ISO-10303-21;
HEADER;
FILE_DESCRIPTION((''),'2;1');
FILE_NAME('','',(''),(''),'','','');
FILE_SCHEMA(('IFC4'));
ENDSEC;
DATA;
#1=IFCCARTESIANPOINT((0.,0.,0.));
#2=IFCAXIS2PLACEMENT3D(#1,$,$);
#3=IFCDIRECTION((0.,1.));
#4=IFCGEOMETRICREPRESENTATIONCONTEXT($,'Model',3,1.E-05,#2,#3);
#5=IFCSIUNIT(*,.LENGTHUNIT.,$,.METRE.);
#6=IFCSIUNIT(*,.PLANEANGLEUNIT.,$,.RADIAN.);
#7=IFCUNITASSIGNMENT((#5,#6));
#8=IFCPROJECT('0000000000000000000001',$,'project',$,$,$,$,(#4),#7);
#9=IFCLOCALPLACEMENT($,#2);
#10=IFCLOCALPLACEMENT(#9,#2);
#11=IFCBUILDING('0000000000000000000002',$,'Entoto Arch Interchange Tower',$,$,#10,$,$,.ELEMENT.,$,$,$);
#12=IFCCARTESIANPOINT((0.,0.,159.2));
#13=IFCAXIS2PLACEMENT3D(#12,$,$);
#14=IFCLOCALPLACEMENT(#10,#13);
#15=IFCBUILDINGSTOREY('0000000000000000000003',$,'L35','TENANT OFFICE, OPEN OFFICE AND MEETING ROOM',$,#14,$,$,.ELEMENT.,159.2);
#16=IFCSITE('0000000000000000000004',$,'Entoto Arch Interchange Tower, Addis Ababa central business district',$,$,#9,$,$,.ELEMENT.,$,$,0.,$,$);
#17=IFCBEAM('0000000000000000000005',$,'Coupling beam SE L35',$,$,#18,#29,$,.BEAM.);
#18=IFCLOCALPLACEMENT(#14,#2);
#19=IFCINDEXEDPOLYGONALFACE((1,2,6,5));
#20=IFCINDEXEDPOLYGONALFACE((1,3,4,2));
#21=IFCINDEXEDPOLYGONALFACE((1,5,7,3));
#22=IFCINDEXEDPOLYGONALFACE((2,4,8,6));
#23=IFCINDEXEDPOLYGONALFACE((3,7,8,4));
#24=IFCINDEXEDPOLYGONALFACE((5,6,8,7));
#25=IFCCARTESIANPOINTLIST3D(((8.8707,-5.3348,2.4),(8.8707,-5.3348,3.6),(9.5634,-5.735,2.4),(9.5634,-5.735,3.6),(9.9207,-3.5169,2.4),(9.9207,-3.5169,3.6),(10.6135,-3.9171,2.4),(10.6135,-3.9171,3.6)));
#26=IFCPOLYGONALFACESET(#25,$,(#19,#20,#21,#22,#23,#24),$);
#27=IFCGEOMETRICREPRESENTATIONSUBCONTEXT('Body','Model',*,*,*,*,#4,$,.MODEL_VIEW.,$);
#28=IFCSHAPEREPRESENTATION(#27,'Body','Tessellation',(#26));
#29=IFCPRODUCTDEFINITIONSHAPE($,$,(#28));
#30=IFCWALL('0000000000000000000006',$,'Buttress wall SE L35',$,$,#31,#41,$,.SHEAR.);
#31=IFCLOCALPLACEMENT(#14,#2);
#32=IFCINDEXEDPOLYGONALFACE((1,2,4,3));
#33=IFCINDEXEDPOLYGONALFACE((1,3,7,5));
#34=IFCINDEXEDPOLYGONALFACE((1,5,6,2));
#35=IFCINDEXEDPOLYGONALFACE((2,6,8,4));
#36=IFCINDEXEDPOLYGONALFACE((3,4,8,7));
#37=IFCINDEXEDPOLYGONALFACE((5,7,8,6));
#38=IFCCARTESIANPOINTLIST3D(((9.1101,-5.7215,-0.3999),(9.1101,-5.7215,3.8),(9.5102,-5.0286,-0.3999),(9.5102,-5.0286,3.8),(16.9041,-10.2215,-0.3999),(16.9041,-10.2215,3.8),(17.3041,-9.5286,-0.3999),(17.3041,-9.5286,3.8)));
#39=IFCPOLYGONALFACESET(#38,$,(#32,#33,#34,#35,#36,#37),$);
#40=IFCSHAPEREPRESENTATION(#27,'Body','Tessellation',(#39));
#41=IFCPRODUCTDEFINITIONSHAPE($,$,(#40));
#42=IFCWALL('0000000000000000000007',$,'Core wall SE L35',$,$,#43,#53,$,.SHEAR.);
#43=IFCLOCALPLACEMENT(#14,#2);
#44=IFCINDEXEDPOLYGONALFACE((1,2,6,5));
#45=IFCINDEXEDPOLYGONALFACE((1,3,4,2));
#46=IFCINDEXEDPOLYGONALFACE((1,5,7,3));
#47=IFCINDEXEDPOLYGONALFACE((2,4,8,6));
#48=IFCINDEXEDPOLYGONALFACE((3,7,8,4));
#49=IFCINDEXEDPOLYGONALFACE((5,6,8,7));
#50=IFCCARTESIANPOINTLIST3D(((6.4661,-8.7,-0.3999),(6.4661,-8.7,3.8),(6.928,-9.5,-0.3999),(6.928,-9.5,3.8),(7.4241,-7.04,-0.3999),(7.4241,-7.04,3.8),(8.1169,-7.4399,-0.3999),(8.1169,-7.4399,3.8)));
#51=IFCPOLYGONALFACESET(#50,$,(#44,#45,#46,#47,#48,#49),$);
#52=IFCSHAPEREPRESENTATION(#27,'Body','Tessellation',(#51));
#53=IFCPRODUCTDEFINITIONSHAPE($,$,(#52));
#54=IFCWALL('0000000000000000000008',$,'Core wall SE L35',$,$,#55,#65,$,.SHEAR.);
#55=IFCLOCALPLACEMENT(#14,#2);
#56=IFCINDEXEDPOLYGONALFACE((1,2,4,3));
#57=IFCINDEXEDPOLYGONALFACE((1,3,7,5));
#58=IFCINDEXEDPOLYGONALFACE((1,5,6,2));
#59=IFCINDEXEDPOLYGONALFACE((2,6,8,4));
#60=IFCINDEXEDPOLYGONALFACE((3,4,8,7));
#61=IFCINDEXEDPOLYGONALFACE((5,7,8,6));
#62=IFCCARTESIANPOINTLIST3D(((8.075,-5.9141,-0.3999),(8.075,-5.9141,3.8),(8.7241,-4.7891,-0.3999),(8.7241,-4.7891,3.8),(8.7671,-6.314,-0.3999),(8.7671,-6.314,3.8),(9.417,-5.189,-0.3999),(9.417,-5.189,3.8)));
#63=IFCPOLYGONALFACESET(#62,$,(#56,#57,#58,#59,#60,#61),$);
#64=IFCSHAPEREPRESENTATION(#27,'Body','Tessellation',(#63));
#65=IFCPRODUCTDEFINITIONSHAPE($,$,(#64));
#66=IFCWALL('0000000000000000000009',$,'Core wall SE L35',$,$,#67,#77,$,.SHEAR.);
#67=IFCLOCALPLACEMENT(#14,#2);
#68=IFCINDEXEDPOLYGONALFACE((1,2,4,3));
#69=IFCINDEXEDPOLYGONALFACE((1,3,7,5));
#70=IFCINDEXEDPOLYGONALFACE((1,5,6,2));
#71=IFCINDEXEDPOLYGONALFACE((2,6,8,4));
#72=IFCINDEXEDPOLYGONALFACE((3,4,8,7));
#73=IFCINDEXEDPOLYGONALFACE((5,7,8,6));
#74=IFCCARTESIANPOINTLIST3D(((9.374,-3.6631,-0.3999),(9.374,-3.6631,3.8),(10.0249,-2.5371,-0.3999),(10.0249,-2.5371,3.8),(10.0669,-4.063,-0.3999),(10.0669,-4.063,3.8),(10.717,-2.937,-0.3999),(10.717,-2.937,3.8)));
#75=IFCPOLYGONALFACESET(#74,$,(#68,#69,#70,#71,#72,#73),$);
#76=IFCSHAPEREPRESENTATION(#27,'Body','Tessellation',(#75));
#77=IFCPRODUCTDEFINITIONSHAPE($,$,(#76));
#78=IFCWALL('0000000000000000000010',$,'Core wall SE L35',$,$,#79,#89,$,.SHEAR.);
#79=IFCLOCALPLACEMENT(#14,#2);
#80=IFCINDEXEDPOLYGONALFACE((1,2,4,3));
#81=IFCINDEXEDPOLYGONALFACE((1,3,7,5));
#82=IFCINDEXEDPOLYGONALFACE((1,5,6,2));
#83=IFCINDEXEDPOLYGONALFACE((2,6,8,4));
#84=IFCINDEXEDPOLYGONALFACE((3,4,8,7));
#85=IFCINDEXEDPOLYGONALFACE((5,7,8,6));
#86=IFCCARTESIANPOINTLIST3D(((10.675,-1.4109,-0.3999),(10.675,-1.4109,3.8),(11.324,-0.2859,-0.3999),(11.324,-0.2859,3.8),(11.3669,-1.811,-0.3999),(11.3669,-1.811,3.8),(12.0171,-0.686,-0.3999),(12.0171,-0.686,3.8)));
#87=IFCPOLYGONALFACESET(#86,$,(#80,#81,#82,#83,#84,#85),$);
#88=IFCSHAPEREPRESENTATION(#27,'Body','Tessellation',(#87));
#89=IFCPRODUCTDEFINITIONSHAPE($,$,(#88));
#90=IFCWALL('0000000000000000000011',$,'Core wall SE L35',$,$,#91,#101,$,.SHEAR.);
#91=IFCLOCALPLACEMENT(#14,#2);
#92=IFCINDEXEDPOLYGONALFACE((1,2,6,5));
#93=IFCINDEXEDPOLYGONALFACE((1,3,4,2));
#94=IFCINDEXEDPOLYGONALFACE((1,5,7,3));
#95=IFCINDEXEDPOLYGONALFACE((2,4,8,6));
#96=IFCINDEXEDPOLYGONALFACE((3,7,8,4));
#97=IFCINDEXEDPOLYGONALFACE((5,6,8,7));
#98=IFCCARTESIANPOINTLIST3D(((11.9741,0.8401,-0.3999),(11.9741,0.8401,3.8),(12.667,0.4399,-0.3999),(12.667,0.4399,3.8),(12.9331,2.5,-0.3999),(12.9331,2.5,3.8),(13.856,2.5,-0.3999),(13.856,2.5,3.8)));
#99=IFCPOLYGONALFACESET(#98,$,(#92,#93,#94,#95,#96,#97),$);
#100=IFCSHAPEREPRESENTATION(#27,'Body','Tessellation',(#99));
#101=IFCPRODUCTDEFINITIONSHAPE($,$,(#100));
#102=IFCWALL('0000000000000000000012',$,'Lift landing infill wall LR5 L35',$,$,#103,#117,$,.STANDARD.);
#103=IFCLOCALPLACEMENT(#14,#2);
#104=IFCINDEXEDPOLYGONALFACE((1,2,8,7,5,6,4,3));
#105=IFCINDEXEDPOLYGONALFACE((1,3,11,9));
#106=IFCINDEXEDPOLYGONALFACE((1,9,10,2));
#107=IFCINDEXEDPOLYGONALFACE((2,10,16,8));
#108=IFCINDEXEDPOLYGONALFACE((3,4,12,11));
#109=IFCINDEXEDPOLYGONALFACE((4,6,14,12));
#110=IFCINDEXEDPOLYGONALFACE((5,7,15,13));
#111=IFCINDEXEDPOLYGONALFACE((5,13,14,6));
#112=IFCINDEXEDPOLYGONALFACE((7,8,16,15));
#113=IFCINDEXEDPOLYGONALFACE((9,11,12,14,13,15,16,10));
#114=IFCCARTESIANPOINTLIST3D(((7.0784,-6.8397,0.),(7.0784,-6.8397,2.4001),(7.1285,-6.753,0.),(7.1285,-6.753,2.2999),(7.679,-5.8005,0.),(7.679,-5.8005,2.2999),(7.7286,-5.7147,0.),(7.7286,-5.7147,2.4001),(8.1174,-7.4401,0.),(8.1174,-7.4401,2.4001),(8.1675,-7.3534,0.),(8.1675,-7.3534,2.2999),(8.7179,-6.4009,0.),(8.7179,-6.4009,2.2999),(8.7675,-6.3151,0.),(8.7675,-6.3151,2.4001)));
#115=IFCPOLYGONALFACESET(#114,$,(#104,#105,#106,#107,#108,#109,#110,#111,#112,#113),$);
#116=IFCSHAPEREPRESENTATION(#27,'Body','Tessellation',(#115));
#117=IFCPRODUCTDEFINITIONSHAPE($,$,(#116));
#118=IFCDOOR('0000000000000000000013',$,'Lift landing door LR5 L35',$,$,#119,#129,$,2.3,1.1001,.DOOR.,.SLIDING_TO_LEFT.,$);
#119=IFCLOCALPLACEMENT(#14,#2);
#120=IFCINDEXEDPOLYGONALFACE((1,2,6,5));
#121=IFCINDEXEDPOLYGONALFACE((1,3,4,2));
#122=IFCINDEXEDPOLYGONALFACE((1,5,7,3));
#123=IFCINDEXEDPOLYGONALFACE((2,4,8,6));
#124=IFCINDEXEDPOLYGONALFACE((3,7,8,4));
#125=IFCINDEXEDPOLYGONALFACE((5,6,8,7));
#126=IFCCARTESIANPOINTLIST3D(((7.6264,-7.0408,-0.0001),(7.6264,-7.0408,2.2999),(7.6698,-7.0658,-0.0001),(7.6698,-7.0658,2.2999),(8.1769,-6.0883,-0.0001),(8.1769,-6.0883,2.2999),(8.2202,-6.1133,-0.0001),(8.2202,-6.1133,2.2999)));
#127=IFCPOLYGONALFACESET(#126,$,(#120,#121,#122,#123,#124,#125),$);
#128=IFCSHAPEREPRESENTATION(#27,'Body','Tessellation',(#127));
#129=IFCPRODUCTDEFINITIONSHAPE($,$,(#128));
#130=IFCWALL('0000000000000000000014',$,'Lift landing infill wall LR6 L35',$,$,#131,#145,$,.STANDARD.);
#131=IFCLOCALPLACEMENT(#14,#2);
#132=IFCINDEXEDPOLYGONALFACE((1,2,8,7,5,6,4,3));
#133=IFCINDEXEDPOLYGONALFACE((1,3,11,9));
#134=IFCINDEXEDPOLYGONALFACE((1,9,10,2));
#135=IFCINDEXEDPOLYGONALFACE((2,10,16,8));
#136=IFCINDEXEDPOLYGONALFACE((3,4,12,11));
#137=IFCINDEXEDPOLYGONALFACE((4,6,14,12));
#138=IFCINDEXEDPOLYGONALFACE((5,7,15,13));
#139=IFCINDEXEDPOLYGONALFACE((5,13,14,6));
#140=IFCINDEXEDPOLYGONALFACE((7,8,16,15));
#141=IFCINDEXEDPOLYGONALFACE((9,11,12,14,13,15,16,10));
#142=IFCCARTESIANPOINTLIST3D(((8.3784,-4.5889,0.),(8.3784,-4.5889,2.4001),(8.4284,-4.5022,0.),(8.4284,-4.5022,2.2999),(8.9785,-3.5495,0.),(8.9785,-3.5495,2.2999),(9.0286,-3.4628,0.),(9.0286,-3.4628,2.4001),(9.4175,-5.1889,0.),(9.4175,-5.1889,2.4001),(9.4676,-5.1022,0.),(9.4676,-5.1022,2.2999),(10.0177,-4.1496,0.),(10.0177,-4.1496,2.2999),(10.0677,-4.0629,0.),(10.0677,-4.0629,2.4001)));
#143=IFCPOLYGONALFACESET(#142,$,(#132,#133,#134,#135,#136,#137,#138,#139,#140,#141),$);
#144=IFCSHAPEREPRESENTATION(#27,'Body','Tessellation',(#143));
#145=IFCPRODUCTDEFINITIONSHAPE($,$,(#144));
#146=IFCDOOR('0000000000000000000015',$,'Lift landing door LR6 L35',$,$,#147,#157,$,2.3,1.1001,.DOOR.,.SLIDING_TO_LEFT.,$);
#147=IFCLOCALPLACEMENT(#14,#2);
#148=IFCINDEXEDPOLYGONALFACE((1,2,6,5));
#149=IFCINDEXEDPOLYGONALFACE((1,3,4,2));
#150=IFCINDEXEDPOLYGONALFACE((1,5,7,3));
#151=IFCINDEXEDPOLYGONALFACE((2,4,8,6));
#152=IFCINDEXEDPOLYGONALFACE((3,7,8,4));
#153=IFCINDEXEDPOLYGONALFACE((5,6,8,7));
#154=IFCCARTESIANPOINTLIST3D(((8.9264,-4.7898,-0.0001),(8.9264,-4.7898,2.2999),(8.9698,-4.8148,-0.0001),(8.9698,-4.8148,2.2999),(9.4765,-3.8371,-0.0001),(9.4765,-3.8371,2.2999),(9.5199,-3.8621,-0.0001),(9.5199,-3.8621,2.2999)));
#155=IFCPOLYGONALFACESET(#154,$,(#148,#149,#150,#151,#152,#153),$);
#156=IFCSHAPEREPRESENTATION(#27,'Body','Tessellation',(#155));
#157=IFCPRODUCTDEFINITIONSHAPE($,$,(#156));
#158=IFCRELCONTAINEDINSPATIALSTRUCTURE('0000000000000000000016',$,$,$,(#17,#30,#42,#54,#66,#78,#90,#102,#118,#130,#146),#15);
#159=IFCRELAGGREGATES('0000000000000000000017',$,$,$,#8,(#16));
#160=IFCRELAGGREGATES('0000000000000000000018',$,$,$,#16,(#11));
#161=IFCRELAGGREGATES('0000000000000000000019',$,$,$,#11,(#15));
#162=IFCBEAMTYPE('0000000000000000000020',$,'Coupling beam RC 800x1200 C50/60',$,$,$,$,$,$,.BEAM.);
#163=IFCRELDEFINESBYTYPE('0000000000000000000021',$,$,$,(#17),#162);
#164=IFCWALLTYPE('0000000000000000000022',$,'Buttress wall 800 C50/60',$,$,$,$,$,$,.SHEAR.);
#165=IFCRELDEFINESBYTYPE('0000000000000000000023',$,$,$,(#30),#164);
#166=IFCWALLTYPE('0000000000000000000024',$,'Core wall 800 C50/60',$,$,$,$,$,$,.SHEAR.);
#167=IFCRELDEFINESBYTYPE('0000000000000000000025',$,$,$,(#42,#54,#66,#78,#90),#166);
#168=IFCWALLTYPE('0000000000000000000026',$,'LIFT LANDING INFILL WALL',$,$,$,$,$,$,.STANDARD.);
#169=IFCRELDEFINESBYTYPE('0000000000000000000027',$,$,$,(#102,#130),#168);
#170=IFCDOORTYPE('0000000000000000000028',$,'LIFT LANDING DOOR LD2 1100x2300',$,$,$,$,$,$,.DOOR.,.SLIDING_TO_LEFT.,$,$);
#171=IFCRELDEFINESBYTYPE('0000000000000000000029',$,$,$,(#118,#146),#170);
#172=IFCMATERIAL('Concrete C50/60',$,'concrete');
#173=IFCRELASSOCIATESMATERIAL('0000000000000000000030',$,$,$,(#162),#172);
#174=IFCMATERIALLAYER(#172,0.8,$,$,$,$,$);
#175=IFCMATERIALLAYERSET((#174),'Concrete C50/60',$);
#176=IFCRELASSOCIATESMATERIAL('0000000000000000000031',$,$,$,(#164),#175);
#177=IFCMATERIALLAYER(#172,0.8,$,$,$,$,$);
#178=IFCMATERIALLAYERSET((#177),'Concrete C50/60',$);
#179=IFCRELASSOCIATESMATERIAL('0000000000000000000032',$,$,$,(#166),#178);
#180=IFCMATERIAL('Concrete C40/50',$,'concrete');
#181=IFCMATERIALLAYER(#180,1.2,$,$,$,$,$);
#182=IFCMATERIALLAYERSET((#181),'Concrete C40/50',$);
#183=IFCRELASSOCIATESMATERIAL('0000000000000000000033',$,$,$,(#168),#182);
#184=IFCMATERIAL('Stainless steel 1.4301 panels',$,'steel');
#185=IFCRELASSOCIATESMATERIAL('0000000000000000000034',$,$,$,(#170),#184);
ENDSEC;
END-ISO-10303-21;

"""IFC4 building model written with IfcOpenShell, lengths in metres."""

from ifc_helpers import new_model, si_unit, direction, frame, frame_2d, origin, origin_2d, place, context, subcontext, project, spatial, polyline, rectangle, outline, extrude, material, layer, layer_set, material_profile, profile_set, type_object, element, fill, save


model = new_model("IFC4")

# Units and contexts
model_context = context("Model", 3, precision=1e-05, world=origin(), true_north=direction((0.0, 1.0)))
body_context = subcontext(model_context, "Body", "Model", "MODEL_VIEW")
ifc_project = project(units=[si_unit("LENGTHUNIT", "METRE"), si_unit("PLANEANGLEUNIT", "RADIAN")], contexts=[model_context])

# Site, building, storey
site_placement = place(None, origin())
site = spatial("IfcSite", under=ifc_project, at=site_placement, Name="Entoto Arch Interchange Tower, Addis Ababa central business district", CompositionType="ELEMENT", RefElevation=0.0)
building_placement = place(site_placement, origin())
building = spatial("IfcBuilding", under=site, at=building_placement, Name="Entoto Arch Interchange Tower", CompositionType="ELEMENT")
storey_placement = place(building_placement, frame((0.0, 0.0, 159.2)))
storey = spatial("IfcBuildingStorey", under=building, at=storey_placement, Name="L35", Description="TENANT OFFICE, OPEN OFFICE AND MEETING ROOM", CompositionType="ELEMENT", Elevation=159.2)

# Beam
ifc_material_1 = material(Name="Concrete C50/60", Category="concrete")
ifc_material_profile = material_profile(ifc_material_1, rectangle(XDim=0.8, YDim=1.2, at=origin_2d()))
ifc_profile_set = profile_set([ifc_material_profile], Name="Concrete C50/60")
beam_type = type_object("IfcBeamType", Name="Coupling beam RC 800x1200 C50/60", PredefinedType="BEAM", material=ifc_profile_set)
beam_placement = place(storey_placement, frame((9.217, -5.5349, 3.0), z_axis=(0.500179, 0.865922, 0.0), x_axis=(-0.865922, 0.500179, 0.0)))
element("IfcBeam", 1, at=beam_placement, inside=storey, type_object=beam_type, Name="Coupling beam SE L35", PredefinedType="BEAM", context=body_context, shape_type="SweptSolid", body=[
    extrude(rectangle(XDim=0.8, YDim=1.2, at=origin_2d()), origin(), (0.0, 0.0, 1.0), 2.0994),
])

# Walls
ifc_layer_1 = layer(ifc_material_1, 0.8)
ifc_layer_set_1 = layer_set([ifc_layer_1], Name="Concrete C50/60")
wall_type_1 = type_object("IfcWallType", Name="Buttress wall 800 C50/60", PredefinedType="SHEAR", material=ifc_layer_set_1)
wall_1_placement = place(storey_placement, frame((9.3101, -5.375, -0.3999), z_axis=(0.0, 0.0, 1.0), x_axis=(0.866018, -0.500014, 0.0)))
element("IfcWall", 2, at=wall_1_placement, inside=storey, type_object=wall_type_1, Name="Buttress wall SE L35", PredefinedType="SHEAR", context=body_context, shape_type="SweptSolid", body=[
    extrude(rectangle(XDim=8.9998, YDim=0.8, at=frame_2d((4.5, 0.0))), origin(), (0.0, 0.0, 1.0), 4.2),
])
ifc_layer_2 = layer(ifc_material_1, 0.8)
ifc_layer_set_2 = layer_set([ifc_layer_2], Name="Concrete C50/60")
wall_type_2 = type_object("IfcWallType", Name="Core wall 800 C50/60", PredefinedType="SHEAR", material=ifc_layer_set_2)
wall_2_placement = place(storey_placement, frame((0.0, 0.0, -0.3999)))
element("IfcWall", 3, at=wall_2_placement, inside=storey, type_object=wall_type_2, Name="Core wall SE L35", PredefinedType="SHEAR", context=body_context, shape_type="SweptSolid", body=[
    extrude(outline(polyline([(8.1169, -7.4399), (7.4241, -7.04), (6.4661, -8.7), (6.928, -9.5), (8.1169, -7.4399)])), origin(), (0.0, 0.0, 1.0), 4.2),
])
wall_3_placement = place(storey_placement, frame((0.0, 0.0, -0.3999)))
element("IfcWall", 4, at=wall_3_placement, inside=storey, type_object=wall_type_2, Name="Core wall SE L35", PredefinedType="SHEAR", context=body_context, shape_type="SweptSolid", body=[
    extrude(outline(polyline([(9.417, -5.189), (8.7241, -4.7891), (8.075, -5.9141), (8.7671, -6.314), (9.417, -5.189)])), origin(), (0.0, 0.0, 1.0), 4.2),
])
wall_4_placement = place(storey_placement, frame((0.0, 0.0, -0.3999)))
element("IfcWall", 5, at=wall_4_placement, inside=storey, type_object=wall_type_2, Name="Core wall SE L35", PredefinedType="SHEAR", context=body_context, shape_type="SweptSolid", body=[
    extrude(outline(polyline([(10.717, -2.937), (10.0249, -2.5371), (9.374, -3.6631), (10.0669, -4.063), (10.717, -2.937)])), origin(), (0.0, 0.0, 1.0), 4.2),
])
wall_5_placement = place(storey_placement, frame((0.0, 0.0, -0.3999)))
element("IfcWall", 6, at=wall_5_placement, inside=storey, type_object=wall_type_2, Name="Core wall SE L35", PredefinedType="SHEAR", context=body_context, shape_type="SweptSolid", body=[
    extrude(outline(polyline([(12.0171, -0.686), (11.324, -0.2859), (10.675, -1.4109), (11.3669, -1.811), (12.0171, -0.686)])), origin(), (0.0, 0.0, 1.0), 4.2),
])
wall_6_placement = place(storey_placement, frame((0.0, 0.0, -0.3999)))
element("IfcWall", 7, at=wall_6_placement, inside=storey, type_object=wall_type_2, Name="Core wall SE L35", PredefinedType="SHEAR", context=body_context, shape_type="SweptSolid", body=[
    extrude(outline(polyline([(11.9741, 0.8401), (12.667, 0.4399), (13.856, 2.5), (12.9331, 2.5), (11.9741, 0.8401)])), origin(), (0.0, 0.0, 1.0), 4.2),
])

# Walls, openings, doors
ifc_material_2 = material(Name="Concrete C40/50", Category="concrete")
ifc_layer_3 = layer(ifc_material_2, 1.2)
ifc_layer_set_3 = layer_set([ifc_layer_3], Name="Concrete C40/50")
wall_type_3 = type_object("IfcWallType", Name="LIFT LANDING INFILL WALL", PredefinedType="STANDARD", material=ifc_layer_set_3)
wall_7_placement = place(storey_placement, frame((7.5979, -7.1399, 0.0), z_axis=(0.0, 0.0, 1.0), x_axis=(0.500362, 0.865816, 0.0)))
wall_7 = element("IfcWall", 8, at=wall_7_placement, inside=storey, type_object=wall_type_3, Name="Lift landing infill wall LR5 L35", PredefinedType="STANDARD", context=body_context, shape_type="SweptSolid", body=[
    extrude(rectangle(XDim=1.2993, YDim=1.2, at=frame_2d((0.6497, 0.0))), origin(), (0.0, 0.0, 1.0), 2.4001),
])
opening_1_placement = place(wall_7_placement, frame((0.1001, 0.0, 0.0)))
opening_1 = element("IfcOpeningElement", 9, at=opening_1_placement, cuts=wall_7, PredefinedType="OPENING", context=body_context, shape_type="SweptSolid", body=[
    extrude(rectangle(XDim=1.1001, YDim=2.3, at=frame_2d((0.55, 1.1499))), frame((0.0, 0.6099, 0.0), z_axis=(0.0, -1.0, 0.0), x_axis=(1.0, 0.0, 0.0)), (0.0, 0.0, 1.0), 1.22),
])
ifc_material_3 = material(Name="Stainless steel 1.4301 panels", Category="steel")
door_type_1 = type_object("IfcDoorType", Name="LIFT LANDING DOOR LD2 1100x2300", OperationType="SLIDING_TO_LEFT", PredefinedType="DOOR", material=ifc_material_3)
door_1_placement = place(opening_1_placement, origin())
door_1 = element("IfcDoor", 10, at=door_1_placement, inside=storey, type_object=door_type_1, Name="Lift landing door LR5 L35", OperationType="SLIDING_TO_LEFT", OverallHeight=2.3, OverallWidth=1.1001, PredefinedType="DOOR", context=body_context, shape_type="SweptSolid", body=[
    extrude(rectangle(XDim=1.1001, YDim=2.3, at=frame_2d((0.55, 1.1499))), frame((0.0, 0.0249, 0.0), z_axis=(0.0, -1.0, 0.0), x_axis=(1.0, 0.0, 0.0)), (0.0, 0.0, 1.0), 0.05),
])
fill(opening_1, door_1)
wall_8_placement = place(storey_placement, frame((8.8979, -4.8889, 0.0), z_axis=(0.0, 0.0, 1.0), x_axis=(0.500037, 0.866004, 0.0)))
wall_8 = element("IfcWall", 11, at=wall_8_placement, inside=storey, type_object=wall_type_3, Name="Lift landing infill wall LR6 L35", PredefinedType="STANDARD", context=body_context, shape_type="SweptSolid", body=[
    extrude(rectangle(XDim=1.3003, YDim=1.2, at=frame_2d((0.6501, 0.0))), origin(), (0.0, 0.0, 1.0), 2.4001),
])
opening_2_placement = place(wall_8_placement, frame((0.1001, 0.0, 0.0)))
opening_2 = element("IfcOpeningElement", 12, at=opening_2_placement, cuts=wall_8, PredefinedType="OPENING", context=body_context, shape_type="SweptSolid", body=[
    extrude(rectangle(XDim=1.1001, YDim=2.3, at=frame_2d((0.55, 1.1499))), frame((0.0, 0.6099, 0.0), z_axis=(0.0, -1.0, 0.0), x_axis=(1.0, 0.0, 0.0)), (0.0, 0.0, 1.0), 1.22),
])
door_2_placement = place(opening_2_placement, origin())
door_2 = element("IfcDoor", 13, at=door_2_placement, inside=storey, type_object=door_type_1, Name="Lift landing door LR6 L35", OperationType="SLIDING_TO_LEFT", OverallHeight=2.3, OverallWidth=1.1001, PredefinedType="DOOR", context=body_context, shape_type="SweptSolid", body=[
    extrude(rectangle(XDim=1.1001, YDim=2.3, at=frame_2d((0.55, 1.1499))), frame((0.0, 0.0249, 0.0), z_axis=(0.0, -1.0, 0.0), x_axis=(1.0, 0.0, 0.0)), (0.0, 0.0, 1.0), 0.05),
])
fill(opening_2, door_2)

save(model, "model.ifc")
